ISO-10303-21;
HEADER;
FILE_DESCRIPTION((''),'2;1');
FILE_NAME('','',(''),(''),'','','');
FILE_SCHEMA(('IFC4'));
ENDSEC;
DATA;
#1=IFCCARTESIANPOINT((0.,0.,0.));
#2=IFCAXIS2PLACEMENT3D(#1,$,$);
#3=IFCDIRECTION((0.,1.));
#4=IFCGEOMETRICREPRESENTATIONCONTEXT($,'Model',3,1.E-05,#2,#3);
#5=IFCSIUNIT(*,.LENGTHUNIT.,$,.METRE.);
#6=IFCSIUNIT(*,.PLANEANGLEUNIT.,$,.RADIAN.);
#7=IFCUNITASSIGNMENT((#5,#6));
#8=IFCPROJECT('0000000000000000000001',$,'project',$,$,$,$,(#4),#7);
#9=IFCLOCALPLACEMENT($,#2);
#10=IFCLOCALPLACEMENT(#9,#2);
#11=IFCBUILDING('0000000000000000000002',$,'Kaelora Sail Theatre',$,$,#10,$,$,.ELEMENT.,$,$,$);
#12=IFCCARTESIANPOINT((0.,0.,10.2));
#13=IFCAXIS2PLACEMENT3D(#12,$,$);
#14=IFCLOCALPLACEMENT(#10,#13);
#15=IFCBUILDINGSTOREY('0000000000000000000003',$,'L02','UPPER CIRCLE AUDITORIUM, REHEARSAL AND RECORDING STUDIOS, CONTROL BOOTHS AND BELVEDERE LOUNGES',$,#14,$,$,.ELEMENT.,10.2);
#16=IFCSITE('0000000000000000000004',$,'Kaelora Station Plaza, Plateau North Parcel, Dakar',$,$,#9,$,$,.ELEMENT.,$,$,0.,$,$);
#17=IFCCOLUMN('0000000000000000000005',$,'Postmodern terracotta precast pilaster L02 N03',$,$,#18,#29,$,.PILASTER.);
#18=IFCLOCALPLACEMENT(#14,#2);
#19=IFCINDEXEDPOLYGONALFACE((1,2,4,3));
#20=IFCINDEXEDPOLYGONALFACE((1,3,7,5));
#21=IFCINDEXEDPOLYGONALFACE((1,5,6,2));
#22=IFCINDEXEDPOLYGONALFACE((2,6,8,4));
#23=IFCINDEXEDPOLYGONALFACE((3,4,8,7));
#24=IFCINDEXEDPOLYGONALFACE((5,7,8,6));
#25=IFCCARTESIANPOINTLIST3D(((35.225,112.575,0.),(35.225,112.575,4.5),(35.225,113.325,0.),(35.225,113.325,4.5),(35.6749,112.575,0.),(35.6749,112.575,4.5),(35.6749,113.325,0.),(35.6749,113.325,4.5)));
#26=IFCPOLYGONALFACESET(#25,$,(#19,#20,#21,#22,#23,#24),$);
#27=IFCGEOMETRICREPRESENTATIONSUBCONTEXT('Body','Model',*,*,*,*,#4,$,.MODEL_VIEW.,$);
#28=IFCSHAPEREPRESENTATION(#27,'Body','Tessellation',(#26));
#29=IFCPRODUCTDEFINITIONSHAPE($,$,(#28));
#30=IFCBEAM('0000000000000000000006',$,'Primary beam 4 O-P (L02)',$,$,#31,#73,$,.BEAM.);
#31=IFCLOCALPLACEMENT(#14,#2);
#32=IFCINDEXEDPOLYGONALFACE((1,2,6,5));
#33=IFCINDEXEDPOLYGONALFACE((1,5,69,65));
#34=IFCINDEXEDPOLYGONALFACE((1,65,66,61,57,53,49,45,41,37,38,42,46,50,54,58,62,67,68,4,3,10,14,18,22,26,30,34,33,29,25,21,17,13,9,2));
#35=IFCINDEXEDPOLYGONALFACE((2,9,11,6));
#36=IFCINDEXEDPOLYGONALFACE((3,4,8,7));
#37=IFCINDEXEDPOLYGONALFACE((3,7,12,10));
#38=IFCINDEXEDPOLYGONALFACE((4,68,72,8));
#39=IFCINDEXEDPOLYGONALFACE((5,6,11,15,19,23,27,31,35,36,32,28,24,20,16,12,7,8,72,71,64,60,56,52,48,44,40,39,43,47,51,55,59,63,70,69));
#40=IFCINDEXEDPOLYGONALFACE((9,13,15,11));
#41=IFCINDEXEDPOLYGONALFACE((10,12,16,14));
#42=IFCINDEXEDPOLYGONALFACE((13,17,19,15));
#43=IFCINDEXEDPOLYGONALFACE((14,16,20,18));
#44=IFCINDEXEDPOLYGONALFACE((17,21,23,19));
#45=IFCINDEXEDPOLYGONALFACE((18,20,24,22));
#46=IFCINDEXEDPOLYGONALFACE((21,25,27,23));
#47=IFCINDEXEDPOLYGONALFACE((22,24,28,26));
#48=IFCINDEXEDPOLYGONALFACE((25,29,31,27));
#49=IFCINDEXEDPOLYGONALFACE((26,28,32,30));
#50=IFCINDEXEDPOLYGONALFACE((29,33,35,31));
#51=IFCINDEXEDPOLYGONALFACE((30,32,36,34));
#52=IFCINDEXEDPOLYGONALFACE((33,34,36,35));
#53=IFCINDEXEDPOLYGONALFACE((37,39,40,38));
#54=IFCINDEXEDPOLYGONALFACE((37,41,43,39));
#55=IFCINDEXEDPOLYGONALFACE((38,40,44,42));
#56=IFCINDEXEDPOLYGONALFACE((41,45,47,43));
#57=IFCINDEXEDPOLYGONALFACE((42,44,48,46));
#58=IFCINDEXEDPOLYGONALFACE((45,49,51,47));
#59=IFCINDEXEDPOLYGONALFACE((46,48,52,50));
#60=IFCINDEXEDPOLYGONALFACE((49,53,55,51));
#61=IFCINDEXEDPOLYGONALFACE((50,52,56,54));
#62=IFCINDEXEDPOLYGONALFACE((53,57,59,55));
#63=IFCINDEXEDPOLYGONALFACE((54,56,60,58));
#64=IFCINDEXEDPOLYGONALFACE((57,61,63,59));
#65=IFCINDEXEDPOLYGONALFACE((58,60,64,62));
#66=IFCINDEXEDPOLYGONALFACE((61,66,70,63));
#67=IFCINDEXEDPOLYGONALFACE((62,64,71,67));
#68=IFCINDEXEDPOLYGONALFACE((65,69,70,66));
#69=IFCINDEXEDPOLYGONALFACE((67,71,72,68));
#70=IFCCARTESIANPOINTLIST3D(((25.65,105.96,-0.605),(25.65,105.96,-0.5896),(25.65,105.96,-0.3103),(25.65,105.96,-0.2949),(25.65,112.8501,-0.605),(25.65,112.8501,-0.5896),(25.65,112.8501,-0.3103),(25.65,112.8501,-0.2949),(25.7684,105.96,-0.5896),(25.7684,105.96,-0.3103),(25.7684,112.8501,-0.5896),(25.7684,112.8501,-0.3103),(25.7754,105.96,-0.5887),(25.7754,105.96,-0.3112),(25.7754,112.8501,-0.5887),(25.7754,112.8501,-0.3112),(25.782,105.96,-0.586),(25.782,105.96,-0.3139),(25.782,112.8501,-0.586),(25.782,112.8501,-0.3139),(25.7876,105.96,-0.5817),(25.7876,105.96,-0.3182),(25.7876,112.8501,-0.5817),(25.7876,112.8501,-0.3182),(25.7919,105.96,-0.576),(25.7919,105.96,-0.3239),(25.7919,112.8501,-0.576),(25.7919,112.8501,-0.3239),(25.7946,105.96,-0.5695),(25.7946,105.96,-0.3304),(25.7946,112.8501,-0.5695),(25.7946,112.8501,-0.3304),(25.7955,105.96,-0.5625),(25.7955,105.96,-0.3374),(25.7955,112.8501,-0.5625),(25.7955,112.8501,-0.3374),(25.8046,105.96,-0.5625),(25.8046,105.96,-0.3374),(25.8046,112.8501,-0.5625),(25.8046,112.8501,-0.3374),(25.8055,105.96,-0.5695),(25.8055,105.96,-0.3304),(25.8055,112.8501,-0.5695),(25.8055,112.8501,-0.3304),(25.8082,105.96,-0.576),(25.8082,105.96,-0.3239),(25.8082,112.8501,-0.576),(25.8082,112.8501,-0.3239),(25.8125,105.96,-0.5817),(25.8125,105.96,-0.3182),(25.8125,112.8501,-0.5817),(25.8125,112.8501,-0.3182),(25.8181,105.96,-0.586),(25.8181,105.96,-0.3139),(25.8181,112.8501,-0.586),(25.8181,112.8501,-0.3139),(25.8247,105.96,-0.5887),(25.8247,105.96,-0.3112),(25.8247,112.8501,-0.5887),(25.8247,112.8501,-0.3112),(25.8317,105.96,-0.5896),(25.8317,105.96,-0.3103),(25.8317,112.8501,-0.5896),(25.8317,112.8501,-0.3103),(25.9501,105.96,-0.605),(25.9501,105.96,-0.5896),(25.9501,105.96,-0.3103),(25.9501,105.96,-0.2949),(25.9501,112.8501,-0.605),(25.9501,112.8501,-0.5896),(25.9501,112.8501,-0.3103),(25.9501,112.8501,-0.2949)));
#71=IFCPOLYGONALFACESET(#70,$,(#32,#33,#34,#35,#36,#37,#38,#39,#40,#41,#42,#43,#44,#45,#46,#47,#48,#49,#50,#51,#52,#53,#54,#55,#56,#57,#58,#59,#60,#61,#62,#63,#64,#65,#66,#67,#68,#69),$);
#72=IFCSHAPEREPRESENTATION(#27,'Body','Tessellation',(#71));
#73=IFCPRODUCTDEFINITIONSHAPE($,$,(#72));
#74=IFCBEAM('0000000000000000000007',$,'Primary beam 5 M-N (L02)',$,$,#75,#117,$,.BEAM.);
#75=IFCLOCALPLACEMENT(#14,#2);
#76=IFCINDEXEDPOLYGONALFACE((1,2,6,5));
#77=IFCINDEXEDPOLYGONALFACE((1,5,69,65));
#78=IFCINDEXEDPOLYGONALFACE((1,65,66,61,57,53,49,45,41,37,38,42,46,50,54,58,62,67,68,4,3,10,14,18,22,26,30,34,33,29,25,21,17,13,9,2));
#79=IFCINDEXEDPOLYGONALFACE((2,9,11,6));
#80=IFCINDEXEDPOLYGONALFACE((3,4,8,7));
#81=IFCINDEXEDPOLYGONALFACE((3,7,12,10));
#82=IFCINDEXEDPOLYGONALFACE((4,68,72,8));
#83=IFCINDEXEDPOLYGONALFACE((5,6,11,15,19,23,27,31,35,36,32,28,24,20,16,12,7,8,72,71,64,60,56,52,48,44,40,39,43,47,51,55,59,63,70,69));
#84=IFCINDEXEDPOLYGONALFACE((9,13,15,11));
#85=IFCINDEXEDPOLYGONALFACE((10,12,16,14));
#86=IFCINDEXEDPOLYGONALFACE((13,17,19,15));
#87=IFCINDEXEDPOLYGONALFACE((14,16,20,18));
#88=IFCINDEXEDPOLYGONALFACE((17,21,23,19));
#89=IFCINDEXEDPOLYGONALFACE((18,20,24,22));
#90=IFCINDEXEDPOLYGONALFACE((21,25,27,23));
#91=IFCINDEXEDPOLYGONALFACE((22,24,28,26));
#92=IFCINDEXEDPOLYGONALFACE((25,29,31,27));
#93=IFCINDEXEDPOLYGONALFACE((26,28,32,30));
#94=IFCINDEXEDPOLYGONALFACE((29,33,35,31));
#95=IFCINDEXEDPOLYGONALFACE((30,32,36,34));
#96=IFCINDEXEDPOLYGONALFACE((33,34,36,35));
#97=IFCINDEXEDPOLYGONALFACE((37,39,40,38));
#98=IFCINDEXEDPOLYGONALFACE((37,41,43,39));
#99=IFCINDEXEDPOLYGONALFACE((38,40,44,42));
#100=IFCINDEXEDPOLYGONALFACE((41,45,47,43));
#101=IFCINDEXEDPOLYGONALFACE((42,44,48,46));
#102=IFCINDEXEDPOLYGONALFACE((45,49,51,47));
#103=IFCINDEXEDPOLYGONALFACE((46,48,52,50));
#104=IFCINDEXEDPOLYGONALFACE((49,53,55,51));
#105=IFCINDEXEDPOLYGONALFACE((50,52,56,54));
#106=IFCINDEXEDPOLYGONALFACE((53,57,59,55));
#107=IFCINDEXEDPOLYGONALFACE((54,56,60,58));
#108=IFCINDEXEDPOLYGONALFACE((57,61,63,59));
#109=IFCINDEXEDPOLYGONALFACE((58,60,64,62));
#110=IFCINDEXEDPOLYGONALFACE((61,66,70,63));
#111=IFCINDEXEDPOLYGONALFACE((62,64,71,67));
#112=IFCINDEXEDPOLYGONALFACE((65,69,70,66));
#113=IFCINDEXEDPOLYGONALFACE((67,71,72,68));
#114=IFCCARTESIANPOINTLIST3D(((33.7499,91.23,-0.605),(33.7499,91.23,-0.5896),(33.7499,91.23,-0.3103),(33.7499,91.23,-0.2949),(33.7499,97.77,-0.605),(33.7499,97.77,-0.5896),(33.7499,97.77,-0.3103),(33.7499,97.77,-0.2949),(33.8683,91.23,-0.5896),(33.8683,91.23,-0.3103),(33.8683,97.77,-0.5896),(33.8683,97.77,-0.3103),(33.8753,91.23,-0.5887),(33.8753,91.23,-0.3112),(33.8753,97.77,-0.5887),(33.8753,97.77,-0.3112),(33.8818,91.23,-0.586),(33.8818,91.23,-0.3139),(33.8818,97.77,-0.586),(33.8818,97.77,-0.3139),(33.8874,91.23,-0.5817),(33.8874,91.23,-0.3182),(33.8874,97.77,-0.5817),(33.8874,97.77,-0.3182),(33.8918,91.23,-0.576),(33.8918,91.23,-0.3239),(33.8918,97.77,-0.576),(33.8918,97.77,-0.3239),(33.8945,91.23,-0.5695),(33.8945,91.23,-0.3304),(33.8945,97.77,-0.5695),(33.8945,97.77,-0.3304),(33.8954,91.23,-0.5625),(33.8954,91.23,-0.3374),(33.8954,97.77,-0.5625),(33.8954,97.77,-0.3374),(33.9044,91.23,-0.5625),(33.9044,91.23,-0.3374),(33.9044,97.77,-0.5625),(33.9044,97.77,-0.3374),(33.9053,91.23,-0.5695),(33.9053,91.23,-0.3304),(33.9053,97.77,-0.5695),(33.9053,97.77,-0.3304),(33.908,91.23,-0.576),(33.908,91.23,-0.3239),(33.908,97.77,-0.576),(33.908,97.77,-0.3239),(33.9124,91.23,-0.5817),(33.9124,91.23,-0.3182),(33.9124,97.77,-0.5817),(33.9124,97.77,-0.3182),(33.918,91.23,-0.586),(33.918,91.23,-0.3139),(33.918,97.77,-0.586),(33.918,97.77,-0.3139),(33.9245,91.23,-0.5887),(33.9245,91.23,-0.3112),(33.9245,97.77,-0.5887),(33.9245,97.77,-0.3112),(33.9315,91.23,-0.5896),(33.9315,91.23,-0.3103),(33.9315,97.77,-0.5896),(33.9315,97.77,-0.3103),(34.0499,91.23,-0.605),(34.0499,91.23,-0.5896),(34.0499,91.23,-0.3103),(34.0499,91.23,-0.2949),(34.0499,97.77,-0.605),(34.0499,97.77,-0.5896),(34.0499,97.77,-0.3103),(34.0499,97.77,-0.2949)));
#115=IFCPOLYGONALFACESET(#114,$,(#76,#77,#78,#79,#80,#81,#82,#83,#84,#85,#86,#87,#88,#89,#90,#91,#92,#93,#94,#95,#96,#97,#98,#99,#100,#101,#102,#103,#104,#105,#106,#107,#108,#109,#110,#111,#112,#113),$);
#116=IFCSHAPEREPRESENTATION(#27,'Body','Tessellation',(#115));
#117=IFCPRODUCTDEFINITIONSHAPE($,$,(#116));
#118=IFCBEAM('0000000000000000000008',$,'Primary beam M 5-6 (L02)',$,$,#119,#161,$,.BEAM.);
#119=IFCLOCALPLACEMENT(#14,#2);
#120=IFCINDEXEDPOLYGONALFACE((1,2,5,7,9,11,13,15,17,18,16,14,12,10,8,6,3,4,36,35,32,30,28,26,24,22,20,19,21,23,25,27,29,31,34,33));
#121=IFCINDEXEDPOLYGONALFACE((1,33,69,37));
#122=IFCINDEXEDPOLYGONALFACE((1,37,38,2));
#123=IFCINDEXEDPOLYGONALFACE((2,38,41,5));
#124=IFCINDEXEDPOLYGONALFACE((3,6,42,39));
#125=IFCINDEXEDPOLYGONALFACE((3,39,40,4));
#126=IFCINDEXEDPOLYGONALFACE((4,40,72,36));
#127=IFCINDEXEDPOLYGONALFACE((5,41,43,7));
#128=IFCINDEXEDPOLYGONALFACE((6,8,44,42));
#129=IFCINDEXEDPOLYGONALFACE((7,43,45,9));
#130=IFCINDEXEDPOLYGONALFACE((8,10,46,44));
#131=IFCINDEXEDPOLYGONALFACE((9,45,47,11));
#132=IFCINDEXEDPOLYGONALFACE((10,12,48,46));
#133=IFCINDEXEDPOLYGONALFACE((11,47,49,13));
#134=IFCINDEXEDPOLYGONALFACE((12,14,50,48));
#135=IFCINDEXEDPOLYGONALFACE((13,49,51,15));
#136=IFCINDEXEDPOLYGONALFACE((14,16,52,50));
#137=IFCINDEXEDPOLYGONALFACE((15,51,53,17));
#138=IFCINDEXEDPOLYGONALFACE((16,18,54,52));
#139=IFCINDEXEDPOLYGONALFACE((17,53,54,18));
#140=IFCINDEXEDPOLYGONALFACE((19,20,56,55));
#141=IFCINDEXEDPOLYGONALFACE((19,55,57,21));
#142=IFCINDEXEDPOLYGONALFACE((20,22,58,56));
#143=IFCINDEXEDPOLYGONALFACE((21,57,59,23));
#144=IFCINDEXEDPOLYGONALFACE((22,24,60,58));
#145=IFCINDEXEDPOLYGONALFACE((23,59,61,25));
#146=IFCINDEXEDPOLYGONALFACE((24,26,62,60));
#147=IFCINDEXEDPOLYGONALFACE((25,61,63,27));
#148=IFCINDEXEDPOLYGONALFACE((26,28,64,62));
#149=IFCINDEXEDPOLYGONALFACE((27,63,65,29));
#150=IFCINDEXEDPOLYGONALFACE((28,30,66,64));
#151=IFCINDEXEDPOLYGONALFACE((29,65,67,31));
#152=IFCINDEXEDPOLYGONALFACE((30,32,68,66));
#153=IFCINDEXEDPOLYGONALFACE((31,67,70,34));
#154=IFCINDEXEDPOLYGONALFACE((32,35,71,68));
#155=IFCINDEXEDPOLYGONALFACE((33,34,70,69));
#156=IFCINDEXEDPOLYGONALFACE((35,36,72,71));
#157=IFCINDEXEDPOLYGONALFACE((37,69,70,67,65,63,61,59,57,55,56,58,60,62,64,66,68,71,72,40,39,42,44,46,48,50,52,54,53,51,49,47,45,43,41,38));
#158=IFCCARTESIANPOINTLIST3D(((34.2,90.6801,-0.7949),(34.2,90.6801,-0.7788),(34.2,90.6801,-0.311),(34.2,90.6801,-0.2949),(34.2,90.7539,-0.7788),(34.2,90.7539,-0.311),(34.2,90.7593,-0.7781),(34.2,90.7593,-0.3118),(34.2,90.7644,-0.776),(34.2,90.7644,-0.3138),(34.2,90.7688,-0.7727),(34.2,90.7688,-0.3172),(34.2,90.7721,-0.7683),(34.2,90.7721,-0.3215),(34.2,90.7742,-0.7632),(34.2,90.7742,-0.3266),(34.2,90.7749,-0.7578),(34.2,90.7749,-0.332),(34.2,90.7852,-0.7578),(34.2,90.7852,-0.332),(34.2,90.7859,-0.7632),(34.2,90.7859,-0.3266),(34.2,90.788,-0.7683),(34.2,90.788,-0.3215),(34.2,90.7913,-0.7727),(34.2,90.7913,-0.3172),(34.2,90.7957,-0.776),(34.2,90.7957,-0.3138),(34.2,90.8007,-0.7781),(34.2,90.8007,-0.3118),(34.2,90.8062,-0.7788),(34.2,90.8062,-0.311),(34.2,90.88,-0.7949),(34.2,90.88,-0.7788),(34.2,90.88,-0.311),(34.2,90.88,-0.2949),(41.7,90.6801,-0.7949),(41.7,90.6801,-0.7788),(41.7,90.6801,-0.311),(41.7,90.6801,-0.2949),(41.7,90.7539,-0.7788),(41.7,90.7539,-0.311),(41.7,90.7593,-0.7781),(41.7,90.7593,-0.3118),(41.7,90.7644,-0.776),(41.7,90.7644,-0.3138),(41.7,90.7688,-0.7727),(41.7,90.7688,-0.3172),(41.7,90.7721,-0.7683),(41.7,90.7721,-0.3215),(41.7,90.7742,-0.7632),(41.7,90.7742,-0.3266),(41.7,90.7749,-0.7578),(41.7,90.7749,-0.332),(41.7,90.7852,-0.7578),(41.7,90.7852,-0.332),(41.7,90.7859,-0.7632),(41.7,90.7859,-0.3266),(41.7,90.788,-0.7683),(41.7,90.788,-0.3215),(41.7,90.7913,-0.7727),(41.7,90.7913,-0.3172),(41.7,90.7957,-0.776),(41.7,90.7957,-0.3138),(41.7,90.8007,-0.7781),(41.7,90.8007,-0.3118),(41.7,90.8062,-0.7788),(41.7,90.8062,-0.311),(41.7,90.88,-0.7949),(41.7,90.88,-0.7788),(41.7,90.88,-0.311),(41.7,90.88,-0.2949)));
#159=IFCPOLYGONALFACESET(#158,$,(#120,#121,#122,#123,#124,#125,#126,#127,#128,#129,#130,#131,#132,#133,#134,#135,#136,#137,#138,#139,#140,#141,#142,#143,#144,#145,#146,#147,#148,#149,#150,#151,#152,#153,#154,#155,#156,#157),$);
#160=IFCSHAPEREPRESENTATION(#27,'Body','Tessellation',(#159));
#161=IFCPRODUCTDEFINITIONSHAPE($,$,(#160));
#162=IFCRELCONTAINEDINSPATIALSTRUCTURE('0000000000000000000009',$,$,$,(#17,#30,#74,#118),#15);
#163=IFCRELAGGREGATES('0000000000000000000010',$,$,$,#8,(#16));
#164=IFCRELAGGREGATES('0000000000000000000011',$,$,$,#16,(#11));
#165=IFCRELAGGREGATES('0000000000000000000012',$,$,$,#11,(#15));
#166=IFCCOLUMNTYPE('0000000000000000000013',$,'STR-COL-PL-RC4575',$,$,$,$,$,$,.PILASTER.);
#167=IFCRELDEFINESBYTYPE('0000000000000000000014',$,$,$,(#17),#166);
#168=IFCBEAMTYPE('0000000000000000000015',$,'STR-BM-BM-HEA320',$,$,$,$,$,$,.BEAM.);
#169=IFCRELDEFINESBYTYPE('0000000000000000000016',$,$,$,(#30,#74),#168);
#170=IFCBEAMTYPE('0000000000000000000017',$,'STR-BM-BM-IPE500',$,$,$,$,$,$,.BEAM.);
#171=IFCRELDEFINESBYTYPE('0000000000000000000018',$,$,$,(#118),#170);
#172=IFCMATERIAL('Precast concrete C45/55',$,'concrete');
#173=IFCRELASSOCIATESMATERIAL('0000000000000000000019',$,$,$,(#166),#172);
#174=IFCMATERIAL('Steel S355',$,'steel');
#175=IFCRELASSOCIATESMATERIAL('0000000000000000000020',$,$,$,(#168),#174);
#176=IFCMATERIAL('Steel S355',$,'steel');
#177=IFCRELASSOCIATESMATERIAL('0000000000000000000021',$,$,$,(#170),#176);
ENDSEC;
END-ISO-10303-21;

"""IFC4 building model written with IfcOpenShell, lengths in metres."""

from ifc_helpers import new_model, si_unit, direction, frame, origin, origin_2d, place, context, subcontext, project, spatial, rectangle, i_section, extrude, material, material_profile, profile_set, type_object, element, save


model = new_model("IFC4")

# Units and contexts
model_context = context("Model", 3, precision=1e-05, world=origin(), true_north=direction((0.0, 1.0)))
body_context = subcontext(model_context, "Body", "Model", "MODEL_VIEW")
ifc_project = project(units=[si_unit("LENGTHUNIT", "METRE"), si_unit("PLANEANGLEUNIT", "RADIAN")], contexts=[model_context])

# Site, building, storey
site_placement = place(None, origin())
site = spatial("IfcSite", under=ifc_project, at=site_placement, Name="Kaelora Station Plaza, Plateau North Parcel, Dakar", CompositionType="ELEMENT", RefElevation=0.0)
building_placement = place(site_placement, origin())
building = spatial("IfcBuilding", under=site, at=building_placement, Name="Kaelora Sail Theatre", CompositionType="ELEMENT")
storey_placement = place(building_placement, frame((0.0, 0.0, 10.2)))
storey = spatial("IfcBuildingStorey", under=building, at=storey_placement, Name="L02", Description="UPPER CIRCLE AUDITORIUM, REHEARSAL AND RECORDING STUDIOS, CONTROL BOOTHS AND BELVEDERE LOUNGES", CompositionType="ELEMENT", Elevation=10.2)

# Column
ifc_material_1 = material(Name="Precast concrete C45/55", Category="concrete")
ifc_material_profile_1 = material_profile(ifc_material_1, rectangle(XDim=0.45, YDim=0.75, at=origin_2d()), Name="RC-PIL 450x750")
ifc_profile_set_1 = profile_set([ifc_material_profile_1], Name="Precast concrete C45/55")
column_type = type_object("IfcColumnType", Name="STR-COL-PL-RC4575", PredefinedType="PILASTER", material=ifc_profile_set_1)
column_placement = place(storey_placement, frame((35.45, 112.95, 0.0), z_axis=(0.0, 0.0, 1.0), x_axis=(1.0, 0.0, 0.0)))
element("IfcColumn", 1, at=column_placement, inside=storey, type_object=column_type, Name="Postmodern terracotta precast pilaster L02 N03", PredefinedType="PILASTER", context=body_context, shape_type="SweptSolid", body=[
    extrude(rectangle(XDim=0.45, YDim=0.75, at=origin_2d()), origin(), (0.0, 0.0, 1.0), 4.5),
])

# Beams
ifc_material_2 = material(Name="Steel S355", Category="steel")
ifc_material_profile_2 = material_profile(ifc_material_2, i_section(OverallWidth=0.3, OverallDepth=0.3101, WebThickness=0.009, FlangeThickness=0.0154, FilletRadius=0.0271, at=origin_2d()), Name="HEA 320")
ifc_profile_set_2 = profile_set([ifc_material_profile_2], Name="Steel S355")
beam_type_1 = type_object("IfcBeamType", Name="STR-BM-BM-HEA320", PredefinedType="BEAM", material=ifc_profile_set_2)
beam_1_placement = place(storey_placement, frame((25.8, 105.96, -0.45), z_axis=(0.0, 1.0, 0.0), x_axis=(-1.0, 0.0, 0.0)))
element("IfcBeam", 2, at=beam_1_placement, inside=storey, type_object=beam_type_1, Name="Primary beam 4 O-P (L02)", PredefinedType="BEAM", context=body_context, shape_type="SweptSolid", body=[
    extrude(i_section(OverallWidth=0.3, OverallDepth=0.3101, WebThickness=0.009, FlangeThickness=0.0154, FilletRadius=0.0271, at=origin_2d()), origin(), (0.0, 0.0, 1.0), 6.8901),
])
beam_2_placement = place(storey_placement, frame((33.8999, 91.23, -0.45), z_axis=(0.0, 1.0, 0.0), x_axis=(-1.0, 0.0, 0.0)))
element("IfcBeam", 3, at=beam_2_placement, inside=storey, type_object=beam_type_1, Name="Primary beam 5 M-N (L02)", PredefinedType="BEAM", context=body_context, shape_type="SweptSolid", body=[
    extrude(i_section(OverallWidth=0.3, OverallDepth=0.3101, WebThickness=0.009, FlangeThickness=0.0154, FilletRadius=0.0271, at=origin_2d()), origin(), (0.0, 0.0, 1.0), 6.54),
])
ifc_material_3 = material(Name="Steel S355", Category="steel")
ifc_material_profile_3 = material_profile(ifc_material_3, i_section(OverallWidth=0.2, OverallDepth=0.5, WebThickness=0.0103, FlangeThickness=0.0161, FilletRadius=0.021, at=origin_2d()), Name="IPE 500")
ifc_profile_set_3 = profile_set([ifc_material_profile_3], Name="Steel S355")
beam_type_2 = type_object("IfcBeamType", Name="STR-BM-BM-IPE500", PredefinedType="BEAM", material=ifc_profile_set_3)
for number, where, z_axis, x_axis, name in (
    (4, (34.2, 90.78, -0.5449), (1.0, 0.0, 0.0), (0.0, 1.0, 0.0), "Primary beam M 5-6 (L02)"),
):
    element("IfcBeam", number, at=place(storey_placement, frame(where, z_axis=z_axis, x_axis=x_axis)), inside=storey, type_object=beam_type_2, Name=name, PredefinedType="BEAM", context=body_context, shape_type="SweptSolid", body=[
        extrude(i_section(OverallWidth=0.2, OverallDepth=0.5, WebThickness=0.0103, FlangeThickness=0.0161, FilletRadius=0.021, at=origin_2d()), origin(), (0.0, 0.0, 1.0), 7.5),
    ])

save(model, "model.ifc")
